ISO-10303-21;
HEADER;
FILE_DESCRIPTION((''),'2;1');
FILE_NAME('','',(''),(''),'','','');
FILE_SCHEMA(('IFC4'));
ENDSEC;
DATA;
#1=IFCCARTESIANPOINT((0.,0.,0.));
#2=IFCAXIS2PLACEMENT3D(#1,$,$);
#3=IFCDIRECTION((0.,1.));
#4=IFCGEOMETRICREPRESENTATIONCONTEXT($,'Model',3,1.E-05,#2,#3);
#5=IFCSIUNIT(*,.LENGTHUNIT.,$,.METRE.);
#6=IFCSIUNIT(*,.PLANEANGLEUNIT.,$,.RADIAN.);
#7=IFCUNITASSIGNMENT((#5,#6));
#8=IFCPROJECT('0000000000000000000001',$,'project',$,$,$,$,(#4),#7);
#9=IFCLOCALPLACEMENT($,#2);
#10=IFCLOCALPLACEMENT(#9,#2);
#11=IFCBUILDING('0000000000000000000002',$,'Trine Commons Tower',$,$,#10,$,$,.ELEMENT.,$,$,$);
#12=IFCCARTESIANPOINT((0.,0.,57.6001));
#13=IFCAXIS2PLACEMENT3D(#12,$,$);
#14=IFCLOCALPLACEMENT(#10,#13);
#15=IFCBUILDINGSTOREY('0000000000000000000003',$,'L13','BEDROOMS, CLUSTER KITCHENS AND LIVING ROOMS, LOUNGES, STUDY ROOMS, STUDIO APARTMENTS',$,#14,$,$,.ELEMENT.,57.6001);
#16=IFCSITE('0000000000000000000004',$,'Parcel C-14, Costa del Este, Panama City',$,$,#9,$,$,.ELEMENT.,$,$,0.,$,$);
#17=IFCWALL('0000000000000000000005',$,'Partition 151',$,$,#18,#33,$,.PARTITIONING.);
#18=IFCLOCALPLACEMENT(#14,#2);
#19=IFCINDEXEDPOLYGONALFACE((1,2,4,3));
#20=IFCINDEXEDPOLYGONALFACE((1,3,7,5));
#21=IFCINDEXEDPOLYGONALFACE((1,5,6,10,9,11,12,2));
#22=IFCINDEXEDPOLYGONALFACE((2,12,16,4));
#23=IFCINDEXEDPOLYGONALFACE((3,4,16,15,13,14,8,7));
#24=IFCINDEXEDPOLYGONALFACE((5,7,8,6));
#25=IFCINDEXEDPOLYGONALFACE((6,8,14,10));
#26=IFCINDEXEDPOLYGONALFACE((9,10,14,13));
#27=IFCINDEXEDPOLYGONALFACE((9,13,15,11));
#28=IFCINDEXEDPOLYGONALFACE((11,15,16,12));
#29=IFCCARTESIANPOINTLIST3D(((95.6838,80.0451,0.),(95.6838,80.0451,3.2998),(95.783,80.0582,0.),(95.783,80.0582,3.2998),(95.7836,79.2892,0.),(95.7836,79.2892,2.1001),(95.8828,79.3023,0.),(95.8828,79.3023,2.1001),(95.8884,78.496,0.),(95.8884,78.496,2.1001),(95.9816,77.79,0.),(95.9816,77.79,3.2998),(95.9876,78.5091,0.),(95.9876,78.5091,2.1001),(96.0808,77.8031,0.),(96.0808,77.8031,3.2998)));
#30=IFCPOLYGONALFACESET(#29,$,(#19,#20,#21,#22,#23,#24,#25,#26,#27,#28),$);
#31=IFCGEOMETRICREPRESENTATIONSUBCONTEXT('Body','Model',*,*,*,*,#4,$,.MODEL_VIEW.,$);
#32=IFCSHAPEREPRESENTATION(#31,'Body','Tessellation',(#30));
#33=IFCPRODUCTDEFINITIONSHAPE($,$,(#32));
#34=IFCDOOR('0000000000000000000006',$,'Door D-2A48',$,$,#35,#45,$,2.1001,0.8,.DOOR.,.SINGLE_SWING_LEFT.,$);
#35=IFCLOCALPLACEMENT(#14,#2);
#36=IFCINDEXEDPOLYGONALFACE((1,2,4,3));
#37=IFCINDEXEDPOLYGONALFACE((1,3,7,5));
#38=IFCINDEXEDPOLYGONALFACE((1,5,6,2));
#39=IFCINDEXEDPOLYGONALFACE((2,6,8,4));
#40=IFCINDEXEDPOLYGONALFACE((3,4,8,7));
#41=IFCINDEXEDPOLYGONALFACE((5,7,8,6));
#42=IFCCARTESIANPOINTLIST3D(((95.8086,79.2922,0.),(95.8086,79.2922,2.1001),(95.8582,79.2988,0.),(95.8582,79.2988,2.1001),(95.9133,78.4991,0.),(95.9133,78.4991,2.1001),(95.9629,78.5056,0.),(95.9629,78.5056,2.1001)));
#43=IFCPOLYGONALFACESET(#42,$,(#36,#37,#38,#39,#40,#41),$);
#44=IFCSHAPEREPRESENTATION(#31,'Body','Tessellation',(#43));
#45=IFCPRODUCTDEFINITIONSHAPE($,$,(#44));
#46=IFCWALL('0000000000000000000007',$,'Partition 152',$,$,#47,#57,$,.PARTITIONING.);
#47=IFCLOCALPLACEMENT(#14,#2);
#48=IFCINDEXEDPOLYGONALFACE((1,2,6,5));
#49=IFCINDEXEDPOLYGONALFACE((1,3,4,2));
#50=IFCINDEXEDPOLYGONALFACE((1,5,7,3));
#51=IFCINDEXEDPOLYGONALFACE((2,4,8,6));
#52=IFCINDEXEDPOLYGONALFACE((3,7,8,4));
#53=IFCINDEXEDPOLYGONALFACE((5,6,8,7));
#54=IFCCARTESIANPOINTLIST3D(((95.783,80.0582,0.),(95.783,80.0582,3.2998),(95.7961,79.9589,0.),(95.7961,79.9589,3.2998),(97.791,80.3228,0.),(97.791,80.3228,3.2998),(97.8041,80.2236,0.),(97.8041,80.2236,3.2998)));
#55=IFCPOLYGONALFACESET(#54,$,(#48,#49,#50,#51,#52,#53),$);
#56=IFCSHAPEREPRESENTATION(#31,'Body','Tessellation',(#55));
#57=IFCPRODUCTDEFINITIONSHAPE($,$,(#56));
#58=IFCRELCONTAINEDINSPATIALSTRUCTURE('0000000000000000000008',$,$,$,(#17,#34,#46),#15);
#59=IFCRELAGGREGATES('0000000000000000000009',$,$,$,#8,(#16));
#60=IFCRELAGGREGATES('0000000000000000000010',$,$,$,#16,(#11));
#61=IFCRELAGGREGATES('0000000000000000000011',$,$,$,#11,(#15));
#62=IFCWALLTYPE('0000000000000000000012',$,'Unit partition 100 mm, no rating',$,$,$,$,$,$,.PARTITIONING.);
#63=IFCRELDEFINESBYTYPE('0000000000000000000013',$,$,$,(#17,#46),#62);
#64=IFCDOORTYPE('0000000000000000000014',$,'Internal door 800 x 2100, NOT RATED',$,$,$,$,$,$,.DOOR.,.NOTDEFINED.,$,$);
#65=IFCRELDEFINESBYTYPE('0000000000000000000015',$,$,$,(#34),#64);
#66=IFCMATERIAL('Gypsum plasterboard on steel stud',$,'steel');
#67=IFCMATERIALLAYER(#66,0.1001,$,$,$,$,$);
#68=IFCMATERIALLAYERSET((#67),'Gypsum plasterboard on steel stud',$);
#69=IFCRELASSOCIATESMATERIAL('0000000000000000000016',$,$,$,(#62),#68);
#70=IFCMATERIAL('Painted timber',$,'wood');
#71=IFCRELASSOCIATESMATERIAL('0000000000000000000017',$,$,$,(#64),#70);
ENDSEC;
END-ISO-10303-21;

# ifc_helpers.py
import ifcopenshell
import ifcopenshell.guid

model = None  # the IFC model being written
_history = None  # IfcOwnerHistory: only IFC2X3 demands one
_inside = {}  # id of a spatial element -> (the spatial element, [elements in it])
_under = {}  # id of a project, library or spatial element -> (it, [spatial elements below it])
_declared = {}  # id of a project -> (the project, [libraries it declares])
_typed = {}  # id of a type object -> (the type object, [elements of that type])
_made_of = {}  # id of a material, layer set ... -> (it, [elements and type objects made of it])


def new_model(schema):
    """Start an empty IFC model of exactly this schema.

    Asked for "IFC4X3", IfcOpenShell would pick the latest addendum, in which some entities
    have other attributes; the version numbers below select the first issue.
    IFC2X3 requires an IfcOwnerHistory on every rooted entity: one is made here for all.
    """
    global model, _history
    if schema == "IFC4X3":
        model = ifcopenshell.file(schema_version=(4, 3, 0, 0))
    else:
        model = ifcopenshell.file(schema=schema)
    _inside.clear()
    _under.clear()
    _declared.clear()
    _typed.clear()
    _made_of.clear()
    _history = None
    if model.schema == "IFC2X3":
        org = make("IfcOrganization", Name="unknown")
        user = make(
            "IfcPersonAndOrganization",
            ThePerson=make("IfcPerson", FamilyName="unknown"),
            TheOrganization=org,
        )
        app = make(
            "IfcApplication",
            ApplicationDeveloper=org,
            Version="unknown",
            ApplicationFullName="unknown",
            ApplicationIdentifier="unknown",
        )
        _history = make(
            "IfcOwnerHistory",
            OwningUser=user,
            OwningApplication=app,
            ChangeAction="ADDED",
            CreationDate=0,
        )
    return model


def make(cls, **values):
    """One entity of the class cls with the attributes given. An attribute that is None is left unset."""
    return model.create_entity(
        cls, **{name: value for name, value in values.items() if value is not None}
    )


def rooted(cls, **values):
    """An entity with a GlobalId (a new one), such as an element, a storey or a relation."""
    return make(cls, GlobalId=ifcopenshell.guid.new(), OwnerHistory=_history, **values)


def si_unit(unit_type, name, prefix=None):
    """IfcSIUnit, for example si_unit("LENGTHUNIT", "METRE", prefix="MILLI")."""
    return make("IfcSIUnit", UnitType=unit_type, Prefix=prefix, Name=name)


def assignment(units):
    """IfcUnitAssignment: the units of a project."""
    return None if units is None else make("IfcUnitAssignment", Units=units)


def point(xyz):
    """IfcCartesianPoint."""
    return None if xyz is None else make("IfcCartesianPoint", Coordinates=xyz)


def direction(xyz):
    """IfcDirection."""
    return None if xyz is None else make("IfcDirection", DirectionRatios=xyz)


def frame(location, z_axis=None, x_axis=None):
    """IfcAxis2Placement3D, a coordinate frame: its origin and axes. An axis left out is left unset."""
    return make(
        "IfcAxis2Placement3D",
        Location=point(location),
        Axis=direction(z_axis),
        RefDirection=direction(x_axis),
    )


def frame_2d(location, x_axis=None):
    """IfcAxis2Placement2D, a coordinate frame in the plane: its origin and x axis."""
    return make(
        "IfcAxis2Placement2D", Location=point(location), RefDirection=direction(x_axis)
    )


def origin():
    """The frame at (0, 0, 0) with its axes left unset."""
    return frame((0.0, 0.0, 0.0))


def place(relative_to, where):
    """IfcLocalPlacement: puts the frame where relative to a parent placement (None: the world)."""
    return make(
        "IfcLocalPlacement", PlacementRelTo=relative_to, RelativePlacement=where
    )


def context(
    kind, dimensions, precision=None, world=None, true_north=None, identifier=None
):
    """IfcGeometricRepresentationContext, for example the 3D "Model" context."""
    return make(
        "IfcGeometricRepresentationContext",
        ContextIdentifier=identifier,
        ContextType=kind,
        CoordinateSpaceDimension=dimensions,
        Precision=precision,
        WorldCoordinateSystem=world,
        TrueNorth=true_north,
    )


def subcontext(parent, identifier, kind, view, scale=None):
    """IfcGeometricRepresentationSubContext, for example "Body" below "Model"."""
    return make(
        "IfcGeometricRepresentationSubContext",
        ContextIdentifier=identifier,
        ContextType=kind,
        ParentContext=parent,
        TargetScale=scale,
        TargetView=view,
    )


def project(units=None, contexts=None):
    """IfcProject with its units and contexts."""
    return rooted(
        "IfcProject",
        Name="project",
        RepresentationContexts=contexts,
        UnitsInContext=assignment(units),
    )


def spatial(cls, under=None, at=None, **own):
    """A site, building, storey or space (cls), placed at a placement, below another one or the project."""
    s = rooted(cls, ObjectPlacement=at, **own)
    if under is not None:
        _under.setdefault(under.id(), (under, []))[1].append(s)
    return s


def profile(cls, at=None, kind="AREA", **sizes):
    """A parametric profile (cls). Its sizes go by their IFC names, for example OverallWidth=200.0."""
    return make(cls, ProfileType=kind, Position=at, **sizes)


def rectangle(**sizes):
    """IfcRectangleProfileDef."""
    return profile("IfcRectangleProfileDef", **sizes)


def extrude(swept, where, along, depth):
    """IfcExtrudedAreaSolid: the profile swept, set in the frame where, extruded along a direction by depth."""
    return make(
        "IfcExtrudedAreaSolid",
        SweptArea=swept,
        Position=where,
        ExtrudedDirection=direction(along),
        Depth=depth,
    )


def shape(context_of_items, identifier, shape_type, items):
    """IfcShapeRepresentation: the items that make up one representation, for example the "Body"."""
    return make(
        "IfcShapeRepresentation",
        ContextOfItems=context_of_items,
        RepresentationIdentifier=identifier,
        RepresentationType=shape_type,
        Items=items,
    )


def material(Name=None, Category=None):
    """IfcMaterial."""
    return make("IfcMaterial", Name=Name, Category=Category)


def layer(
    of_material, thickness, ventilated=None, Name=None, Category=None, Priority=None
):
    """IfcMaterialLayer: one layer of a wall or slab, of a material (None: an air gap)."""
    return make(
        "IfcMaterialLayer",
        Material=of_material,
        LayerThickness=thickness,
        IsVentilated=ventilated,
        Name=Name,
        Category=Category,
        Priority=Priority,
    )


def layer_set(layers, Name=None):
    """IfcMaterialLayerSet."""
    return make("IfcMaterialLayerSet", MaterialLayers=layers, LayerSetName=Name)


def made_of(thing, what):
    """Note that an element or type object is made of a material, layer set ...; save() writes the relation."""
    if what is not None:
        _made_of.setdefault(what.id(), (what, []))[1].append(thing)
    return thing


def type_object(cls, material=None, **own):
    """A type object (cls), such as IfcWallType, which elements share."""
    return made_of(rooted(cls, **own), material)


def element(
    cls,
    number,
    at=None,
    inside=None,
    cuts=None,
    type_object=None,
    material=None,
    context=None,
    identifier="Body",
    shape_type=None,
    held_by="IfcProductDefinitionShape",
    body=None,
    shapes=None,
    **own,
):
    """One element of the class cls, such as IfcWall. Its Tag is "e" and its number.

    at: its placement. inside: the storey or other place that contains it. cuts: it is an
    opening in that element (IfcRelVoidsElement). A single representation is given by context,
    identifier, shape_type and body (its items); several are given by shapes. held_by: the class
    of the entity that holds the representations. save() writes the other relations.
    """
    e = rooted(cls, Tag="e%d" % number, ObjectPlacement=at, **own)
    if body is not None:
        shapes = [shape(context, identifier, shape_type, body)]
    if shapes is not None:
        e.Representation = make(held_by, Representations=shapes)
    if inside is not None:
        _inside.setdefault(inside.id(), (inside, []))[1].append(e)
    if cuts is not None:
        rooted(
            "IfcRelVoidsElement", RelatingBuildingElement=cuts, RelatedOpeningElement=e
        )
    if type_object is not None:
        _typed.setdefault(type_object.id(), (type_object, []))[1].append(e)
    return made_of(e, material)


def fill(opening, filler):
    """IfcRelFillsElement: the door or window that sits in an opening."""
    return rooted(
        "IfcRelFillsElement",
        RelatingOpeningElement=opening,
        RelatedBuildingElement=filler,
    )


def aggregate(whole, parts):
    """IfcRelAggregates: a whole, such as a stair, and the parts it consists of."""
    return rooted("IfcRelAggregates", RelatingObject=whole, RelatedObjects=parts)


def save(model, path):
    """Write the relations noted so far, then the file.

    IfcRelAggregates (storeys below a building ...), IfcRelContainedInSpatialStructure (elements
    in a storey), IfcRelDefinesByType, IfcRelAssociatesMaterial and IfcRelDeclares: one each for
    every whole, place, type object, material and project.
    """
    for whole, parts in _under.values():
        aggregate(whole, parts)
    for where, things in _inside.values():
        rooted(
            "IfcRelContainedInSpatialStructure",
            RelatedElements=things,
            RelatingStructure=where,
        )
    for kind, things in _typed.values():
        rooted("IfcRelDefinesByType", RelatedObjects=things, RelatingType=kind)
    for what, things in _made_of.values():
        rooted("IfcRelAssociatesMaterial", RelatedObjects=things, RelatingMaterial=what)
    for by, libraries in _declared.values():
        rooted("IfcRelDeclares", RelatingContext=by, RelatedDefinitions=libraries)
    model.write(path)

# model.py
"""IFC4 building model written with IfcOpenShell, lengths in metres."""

from ifc_helpers import new_model, si_unit, direction, frame, frame_2d, origin, place, context, subcontext, project, spatial, rectangle, extrude, material, layer, layer_set, type_object, element, fill, save


model = new_model("IFC4")

# Units and contexts
model_context = context("Model", 3, precision=1e-05, world=origin(), true_north=direction((0.0, 1.0)))
body_context = subcontext(model_context, "Body", "Model", "MODEL_VIEW")
ifc_project = project(units=[si_unit("LENGTHUNIT", "METRE"), si_unit("PLANEANGLEUNIT", "RADIAN")], contexts=[model_context])

# Site, building, storey
site_placement = place(None, origin())
site = spatial("IfcSite", under=ifc_project, at=site_placement, Name="Parcel C-14, Costa del Este, Panama City", CompositionType="ELEMENT", RefElevation=0.0)
building_placement = place(site_placement, origin())
building = spatial("IfcBuilding", under=site, at=building_placement, Name="Trine Commons Tower", CompositionType="ELEMENT")
storey_placement = place(building_placement, frame((0.0, 0.0, 57.6001)))
storey = spatial("IfcBuildingStorey", under=building, at=storey_placement, Name="L13", Description="BEDROOMS, CLUSTER KITCHENS AND LIVING ROOMS, LOUNGES, STUDY ROOMS, STUDIO APARTMENTS", CompositionType="ELEMENT", Elevation=57.6001)

# Shared definitions
ifc_material_1 = material(Name="Gypsum plasterboard on steel stud", Category="steel")

# Wall, opening, door
ifc_layer_1 = layer(ifc_material_1, 0.1001)
ifc_layer_set_1 = layer_set([ifc_layer_1], Name="Gypsum plasterboard on steel stud")
wall_type_1 = type_object("IfcWallType", Name="Unit partition 100 mm, no rating", PredefinedType="PARTITIONING", material=ifc_layer_set_1)
wall_1_placement = place(storey_placement, frame((95.7334, 80.0515, 0.0), z_axis=(0.0, 0.0, 1.0), x_axis=(0.13094, -0.99139, 0.0)))
wall_1 = element("IfcWall", 1, at=wall_1_placement, inside=storey, type_object=wall_type_1, Name="Partition 151", PredefinedType="PARTITIONING", context=body_context, shape_type="SweptSolid", body=[
    extrude(rectangle(XDim=2.2747, YDim=0.1001, at=frame_2d((1.1372, 0.0))), origin(), (0.0, 0.0, 1.0), 3.2998),
])
opening_1_placement = place(wall_1_placement, frame((0.7625, 0.0, 0.0)))
opening_1 = element("IfcOpeningElement", 2, at=opening_1_placement, cuts=wall_1, PredefinedType="OPENING", context=body_context, shape_type="SweptSolid", body=[
    extrude(rectangle(XDim=0.8, YDim=2.1001, at=frame_2d((0.3999, 1.05))), frame((0.0, 0.0601, 0.0), z_axis=(0.0, -1.0, 0.0), x_axis=(1.0, 0.0, 0.0)), (0.0, 0.0, 1.0), 0.1201),
])
ifc_material_2 = material(Name="Painted timber", Category="wood")
door_type_1 = type_object("IfcDoorType", Name="Internal door 800 x 2100, NOT RATED", OperationType="NOTDEFINED", PredefinedType="DOOR", material=ifc_material_2)
door_1_placement = place(opening_1_placement, frame((0.8, 0.0, 0.0), z_axis=(0.0, 0.0, 1.0), x_axis=(-1.0, 0.0, 0.0)))
door_1 = element("IfcDoor", 3, at=door_1_placement, inside=storey, type_object=door_type_1, Name="Door D-2A48", OperationType="SINGLE_SWING_LEFT", OverallHeight=2.1001, OverallWidth=0.8, PredefinedType="DOOR", context=body_context, shape_type="SweptSolid", body=[
    extrude(rectangle(XDim=0.8, YDim=2.1001, at=frame_2d((0.3999, 1.05))), frame((0.0, 0.0249, 0.0), z_axis=(0.0, -1.0, 0.0), x_axis=(1.0, 0.0, 0.0)), (0.0, 0.0, 1.0), 0.05),
])
fill(opening_1, door_1)

# Wall
wall_2_placement = place(storey_placement, frame((95.7896, 80.0085, 0.0), z_axis=(0.0, 0.0, 1.0), x_axis=(0.991427, 0.130663, 0.0)))
element("IfcWall", 4, at=wall_2_placement, inside=storey, type_object=wall_type_1, Name="Partition 152", PredefinedType="PARTITIONING", context=body_context, shape_type="SweptSolid", body=[
    extrude(rectangle(XDim=2.0254, YDim=0.1001, at=frame_2d((1.0127, 0.0))), origin(), (0.0, 0.0, 1.0), 3.2998),
])

save(model, "model.ifc")
